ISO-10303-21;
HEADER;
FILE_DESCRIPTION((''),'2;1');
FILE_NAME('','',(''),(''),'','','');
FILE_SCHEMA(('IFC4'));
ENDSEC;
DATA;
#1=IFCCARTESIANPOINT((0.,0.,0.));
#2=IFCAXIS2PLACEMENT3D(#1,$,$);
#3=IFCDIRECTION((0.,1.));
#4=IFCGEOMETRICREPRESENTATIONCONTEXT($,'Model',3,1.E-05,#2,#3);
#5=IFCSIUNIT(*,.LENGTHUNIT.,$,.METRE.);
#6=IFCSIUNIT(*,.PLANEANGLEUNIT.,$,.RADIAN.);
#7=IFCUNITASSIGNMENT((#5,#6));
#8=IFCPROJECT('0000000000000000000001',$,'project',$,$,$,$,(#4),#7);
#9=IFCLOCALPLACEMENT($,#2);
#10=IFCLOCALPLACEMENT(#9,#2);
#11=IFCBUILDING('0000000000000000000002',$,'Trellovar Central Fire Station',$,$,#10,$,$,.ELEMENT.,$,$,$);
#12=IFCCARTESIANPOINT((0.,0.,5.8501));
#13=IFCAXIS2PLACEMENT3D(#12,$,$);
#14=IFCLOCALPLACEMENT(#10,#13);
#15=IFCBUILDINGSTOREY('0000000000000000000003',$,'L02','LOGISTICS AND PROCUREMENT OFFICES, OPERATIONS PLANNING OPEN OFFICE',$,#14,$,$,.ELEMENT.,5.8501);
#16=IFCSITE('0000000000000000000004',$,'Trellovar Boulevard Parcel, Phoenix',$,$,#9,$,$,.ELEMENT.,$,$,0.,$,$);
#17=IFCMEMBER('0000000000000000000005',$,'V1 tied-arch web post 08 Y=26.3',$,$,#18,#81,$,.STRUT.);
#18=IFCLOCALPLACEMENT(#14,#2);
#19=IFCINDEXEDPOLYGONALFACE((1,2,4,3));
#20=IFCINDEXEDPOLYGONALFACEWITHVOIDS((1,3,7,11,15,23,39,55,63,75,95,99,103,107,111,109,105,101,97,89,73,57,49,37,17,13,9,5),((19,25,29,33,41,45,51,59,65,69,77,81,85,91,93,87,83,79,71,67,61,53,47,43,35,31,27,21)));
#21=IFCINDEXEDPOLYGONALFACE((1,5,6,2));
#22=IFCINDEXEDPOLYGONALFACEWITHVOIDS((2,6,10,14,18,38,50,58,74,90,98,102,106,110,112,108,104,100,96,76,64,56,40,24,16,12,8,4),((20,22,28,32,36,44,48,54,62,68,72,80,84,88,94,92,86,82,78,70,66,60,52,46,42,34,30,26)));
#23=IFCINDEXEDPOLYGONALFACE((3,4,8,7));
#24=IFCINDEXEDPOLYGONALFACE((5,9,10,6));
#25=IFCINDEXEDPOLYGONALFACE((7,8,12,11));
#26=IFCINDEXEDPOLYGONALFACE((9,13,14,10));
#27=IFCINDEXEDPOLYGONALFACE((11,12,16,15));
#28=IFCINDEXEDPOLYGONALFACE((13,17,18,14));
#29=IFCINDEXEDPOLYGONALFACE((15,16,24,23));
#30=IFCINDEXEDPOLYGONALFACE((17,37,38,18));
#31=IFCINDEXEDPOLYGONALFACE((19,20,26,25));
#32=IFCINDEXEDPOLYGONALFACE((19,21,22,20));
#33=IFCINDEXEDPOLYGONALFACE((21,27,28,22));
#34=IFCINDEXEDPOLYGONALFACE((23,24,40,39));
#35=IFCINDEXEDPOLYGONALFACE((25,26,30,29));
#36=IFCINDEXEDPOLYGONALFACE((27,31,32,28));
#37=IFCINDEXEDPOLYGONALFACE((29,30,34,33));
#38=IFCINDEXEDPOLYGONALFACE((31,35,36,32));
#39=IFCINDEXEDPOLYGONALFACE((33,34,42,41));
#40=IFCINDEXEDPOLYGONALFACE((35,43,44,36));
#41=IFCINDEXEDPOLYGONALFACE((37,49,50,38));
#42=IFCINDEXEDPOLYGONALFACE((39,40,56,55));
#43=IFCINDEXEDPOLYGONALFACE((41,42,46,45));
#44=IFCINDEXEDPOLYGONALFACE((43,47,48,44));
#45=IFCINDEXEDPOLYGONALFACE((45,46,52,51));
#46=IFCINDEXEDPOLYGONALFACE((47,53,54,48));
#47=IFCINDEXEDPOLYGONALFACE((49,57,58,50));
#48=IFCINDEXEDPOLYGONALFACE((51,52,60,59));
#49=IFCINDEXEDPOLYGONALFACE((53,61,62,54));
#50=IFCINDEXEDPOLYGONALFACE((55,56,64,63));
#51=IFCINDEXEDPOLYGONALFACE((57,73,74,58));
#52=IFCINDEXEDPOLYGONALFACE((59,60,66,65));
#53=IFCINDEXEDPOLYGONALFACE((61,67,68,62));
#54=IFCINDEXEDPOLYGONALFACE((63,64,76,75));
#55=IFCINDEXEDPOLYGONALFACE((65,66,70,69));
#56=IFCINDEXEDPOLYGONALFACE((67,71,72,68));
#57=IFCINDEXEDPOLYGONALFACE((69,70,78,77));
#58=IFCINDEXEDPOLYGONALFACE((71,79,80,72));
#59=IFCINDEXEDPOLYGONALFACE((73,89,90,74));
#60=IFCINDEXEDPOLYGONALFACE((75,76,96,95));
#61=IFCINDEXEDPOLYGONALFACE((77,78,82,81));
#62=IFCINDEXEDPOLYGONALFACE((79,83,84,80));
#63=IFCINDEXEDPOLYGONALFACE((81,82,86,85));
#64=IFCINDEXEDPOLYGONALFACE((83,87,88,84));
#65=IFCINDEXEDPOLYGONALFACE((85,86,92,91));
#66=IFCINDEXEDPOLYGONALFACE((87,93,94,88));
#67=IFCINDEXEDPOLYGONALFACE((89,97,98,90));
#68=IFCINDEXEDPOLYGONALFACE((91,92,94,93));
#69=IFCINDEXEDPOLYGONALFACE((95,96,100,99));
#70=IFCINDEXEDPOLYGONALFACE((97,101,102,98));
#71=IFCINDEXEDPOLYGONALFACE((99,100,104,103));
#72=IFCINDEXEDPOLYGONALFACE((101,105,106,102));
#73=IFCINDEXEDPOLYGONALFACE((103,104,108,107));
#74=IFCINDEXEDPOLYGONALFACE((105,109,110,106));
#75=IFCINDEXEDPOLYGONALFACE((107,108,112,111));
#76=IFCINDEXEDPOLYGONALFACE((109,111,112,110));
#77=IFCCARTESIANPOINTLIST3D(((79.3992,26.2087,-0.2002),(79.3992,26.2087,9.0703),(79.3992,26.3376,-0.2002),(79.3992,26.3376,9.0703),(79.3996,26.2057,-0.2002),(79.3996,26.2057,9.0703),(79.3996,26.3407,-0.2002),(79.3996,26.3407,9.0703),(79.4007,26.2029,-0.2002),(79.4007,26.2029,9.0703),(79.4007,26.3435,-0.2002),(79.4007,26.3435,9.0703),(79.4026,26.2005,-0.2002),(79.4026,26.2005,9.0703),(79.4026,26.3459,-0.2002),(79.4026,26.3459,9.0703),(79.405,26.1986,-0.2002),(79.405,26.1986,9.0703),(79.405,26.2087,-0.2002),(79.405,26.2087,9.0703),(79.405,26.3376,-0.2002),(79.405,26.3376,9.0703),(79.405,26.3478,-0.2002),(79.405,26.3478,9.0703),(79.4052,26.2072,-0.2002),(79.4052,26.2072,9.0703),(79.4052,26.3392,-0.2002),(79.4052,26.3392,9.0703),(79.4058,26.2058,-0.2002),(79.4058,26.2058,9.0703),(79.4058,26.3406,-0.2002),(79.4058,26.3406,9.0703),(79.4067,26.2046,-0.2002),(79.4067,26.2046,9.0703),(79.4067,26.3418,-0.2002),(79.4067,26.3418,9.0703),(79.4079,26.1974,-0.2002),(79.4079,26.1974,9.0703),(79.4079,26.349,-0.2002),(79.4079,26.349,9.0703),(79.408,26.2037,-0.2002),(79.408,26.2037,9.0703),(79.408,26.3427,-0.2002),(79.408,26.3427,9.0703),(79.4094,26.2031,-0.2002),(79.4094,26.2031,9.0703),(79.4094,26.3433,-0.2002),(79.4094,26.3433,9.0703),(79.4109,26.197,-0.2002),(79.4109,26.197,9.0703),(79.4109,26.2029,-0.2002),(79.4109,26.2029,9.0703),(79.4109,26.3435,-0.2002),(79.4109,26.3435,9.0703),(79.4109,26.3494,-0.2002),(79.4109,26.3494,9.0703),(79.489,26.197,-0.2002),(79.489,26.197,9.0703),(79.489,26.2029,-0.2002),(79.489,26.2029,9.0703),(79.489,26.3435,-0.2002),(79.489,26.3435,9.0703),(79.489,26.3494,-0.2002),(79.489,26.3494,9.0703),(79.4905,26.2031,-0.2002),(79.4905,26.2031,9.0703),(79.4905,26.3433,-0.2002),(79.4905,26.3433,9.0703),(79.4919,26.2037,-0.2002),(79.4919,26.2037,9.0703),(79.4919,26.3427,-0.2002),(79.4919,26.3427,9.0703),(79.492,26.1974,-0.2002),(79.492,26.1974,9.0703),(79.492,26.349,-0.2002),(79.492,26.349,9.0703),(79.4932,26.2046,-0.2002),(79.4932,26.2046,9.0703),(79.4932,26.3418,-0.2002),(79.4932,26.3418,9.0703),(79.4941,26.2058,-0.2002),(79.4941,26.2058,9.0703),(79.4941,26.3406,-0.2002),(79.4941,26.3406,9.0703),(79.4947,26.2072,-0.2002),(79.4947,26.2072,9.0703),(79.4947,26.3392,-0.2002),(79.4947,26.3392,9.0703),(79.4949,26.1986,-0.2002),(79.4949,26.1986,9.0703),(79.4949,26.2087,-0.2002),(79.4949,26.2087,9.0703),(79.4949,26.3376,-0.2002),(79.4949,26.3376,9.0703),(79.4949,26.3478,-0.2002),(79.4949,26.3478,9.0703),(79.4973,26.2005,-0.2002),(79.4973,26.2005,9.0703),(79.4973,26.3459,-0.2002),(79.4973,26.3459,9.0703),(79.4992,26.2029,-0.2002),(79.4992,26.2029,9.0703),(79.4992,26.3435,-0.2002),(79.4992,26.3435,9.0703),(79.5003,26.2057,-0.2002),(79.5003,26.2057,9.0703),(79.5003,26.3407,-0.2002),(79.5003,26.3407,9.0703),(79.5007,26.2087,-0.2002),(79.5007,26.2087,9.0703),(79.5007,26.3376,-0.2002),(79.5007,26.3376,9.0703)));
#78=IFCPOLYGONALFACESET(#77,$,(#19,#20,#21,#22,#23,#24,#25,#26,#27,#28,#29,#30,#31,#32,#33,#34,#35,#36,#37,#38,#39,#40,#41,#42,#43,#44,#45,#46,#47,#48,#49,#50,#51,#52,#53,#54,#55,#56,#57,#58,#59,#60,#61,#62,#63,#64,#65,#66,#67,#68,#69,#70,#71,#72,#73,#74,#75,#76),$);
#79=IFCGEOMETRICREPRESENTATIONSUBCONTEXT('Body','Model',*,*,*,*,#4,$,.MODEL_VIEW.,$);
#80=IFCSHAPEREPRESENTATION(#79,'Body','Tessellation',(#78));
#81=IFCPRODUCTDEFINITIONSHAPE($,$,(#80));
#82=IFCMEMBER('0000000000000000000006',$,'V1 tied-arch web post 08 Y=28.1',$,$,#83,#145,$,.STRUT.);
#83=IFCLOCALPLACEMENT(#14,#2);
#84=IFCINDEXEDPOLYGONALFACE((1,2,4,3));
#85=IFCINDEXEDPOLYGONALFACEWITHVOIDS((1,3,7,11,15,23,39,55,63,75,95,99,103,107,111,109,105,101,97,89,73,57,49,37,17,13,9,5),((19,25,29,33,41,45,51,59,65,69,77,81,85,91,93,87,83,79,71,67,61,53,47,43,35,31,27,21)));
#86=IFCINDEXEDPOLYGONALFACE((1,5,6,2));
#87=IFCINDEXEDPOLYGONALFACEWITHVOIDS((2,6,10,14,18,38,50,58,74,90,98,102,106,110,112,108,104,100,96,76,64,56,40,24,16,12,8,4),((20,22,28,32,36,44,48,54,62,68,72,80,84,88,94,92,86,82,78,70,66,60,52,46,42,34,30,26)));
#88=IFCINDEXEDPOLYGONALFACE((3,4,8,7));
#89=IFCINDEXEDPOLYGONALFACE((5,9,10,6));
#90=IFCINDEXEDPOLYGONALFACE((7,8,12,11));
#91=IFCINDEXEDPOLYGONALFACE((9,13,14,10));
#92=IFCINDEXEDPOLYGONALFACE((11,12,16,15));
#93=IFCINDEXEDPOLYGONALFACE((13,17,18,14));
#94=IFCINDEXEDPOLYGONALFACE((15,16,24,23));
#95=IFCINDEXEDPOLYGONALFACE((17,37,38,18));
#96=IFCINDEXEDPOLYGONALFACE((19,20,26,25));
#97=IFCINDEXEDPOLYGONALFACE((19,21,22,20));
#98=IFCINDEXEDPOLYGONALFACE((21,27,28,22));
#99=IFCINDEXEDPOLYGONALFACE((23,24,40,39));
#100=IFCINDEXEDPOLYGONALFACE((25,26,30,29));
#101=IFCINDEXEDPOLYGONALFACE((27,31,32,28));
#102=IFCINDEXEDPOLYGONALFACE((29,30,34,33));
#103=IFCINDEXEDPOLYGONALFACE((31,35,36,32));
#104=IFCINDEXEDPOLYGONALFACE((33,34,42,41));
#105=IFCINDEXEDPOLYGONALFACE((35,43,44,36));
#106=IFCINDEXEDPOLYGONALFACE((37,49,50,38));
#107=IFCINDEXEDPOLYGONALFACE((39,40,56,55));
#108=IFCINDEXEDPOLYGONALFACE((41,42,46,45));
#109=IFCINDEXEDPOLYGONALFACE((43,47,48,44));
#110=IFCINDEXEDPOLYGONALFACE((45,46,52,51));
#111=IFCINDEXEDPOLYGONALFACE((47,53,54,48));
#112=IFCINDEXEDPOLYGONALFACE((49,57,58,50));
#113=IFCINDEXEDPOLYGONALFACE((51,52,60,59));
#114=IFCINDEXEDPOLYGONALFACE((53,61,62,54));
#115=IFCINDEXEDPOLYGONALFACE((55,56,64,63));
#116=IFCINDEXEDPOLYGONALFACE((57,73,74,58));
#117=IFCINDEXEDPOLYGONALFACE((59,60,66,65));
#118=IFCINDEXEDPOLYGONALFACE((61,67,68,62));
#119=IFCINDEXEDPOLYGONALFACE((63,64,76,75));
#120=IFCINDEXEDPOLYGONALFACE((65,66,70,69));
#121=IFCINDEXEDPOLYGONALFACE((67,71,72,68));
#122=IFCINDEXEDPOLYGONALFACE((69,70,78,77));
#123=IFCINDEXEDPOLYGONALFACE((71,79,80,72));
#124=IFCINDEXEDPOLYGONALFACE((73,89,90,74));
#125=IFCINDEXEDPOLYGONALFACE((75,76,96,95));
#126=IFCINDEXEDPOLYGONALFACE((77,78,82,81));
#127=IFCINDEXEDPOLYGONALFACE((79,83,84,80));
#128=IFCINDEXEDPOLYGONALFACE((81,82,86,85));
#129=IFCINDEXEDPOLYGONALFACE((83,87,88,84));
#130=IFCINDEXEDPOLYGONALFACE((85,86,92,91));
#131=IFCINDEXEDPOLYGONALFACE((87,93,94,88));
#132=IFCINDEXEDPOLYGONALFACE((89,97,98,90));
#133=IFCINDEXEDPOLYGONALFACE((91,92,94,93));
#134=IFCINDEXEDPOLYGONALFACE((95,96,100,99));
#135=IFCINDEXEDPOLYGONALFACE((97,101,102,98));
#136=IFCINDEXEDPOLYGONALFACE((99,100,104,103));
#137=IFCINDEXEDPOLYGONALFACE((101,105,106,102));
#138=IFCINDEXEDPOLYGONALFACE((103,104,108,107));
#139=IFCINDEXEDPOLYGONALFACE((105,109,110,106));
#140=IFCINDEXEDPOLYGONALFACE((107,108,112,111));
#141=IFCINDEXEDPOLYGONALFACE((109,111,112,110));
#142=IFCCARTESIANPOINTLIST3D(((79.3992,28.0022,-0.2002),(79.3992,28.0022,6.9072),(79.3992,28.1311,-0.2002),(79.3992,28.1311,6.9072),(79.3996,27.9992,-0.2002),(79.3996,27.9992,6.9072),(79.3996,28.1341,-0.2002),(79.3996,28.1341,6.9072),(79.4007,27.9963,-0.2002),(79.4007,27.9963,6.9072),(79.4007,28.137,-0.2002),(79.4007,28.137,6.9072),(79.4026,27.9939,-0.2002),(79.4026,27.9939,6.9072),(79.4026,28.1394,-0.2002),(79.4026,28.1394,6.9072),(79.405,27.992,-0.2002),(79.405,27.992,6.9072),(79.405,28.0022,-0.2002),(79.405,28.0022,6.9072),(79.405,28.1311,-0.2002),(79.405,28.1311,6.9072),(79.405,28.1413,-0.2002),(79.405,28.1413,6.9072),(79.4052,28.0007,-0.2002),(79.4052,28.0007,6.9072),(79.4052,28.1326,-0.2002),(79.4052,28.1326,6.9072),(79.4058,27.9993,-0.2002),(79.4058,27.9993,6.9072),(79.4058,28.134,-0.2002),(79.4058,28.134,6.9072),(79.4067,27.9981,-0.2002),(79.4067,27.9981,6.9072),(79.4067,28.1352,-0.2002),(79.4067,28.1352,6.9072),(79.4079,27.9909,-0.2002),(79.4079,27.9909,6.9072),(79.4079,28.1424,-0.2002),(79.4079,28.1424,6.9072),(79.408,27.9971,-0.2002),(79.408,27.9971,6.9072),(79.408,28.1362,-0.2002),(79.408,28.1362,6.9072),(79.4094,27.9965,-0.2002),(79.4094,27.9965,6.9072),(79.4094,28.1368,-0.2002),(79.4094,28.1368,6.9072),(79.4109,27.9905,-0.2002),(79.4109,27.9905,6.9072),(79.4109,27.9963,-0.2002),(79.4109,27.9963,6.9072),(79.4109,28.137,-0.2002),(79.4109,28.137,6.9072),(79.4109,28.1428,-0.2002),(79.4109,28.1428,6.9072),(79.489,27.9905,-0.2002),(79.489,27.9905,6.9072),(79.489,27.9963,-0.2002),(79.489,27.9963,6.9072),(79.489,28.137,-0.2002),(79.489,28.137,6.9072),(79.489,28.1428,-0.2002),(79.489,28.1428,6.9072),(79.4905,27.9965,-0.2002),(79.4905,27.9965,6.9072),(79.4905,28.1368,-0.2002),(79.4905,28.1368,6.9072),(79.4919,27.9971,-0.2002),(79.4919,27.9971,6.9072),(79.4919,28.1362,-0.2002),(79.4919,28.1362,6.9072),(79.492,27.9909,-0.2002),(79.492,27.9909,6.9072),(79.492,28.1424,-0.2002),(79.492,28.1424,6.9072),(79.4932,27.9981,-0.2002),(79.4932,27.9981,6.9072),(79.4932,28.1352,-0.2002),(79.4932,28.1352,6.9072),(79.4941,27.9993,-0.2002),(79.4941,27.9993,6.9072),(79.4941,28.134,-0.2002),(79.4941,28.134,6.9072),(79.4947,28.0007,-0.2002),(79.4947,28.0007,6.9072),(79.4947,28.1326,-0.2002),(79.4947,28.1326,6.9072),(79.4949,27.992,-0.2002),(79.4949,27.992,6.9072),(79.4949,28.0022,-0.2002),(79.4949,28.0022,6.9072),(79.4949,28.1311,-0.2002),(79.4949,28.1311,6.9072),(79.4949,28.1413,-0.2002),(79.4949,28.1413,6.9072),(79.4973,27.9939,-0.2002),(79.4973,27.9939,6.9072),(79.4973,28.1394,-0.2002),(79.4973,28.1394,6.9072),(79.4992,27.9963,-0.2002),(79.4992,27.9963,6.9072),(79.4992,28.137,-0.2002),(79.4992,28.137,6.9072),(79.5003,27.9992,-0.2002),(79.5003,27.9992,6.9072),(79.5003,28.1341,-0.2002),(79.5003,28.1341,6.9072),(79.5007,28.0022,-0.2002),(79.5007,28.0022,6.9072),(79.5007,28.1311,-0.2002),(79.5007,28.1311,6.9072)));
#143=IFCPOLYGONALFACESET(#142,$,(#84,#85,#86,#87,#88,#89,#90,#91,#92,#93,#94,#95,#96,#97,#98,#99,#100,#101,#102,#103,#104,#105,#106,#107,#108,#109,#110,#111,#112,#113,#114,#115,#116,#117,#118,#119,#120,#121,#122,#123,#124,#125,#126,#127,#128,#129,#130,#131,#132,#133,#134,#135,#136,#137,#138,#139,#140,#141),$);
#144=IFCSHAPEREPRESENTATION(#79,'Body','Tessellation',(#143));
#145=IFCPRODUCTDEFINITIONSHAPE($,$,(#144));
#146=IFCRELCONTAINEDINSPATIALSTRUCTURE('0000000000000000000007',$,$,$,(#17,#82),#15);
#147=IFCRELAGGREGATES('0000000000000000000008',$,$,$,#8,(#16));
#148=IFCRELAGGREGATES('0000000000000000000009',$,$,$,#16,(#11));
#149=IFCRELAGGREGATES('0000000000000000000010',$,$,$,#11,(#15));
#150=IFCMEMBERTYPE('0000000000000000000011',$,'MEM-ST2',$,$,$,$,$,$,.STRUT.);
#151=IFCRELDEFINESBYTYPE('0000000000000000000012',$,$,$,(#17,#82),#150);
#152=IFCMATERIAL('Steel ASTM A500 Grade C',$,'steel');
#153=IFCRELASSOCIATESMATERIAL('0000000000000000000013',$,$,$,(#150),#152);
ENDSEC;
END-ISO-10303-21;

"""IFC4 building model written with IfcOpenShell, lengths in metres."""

from ifc_helpers import new_model, si_unit, direction, frame, origin, origin_2d, place, context, subcontext, project, spatial, hollow_rectangle, extrude, material, material_profile, profile_set, type_object, element, save


model = new_model("IFC4")

# Units and contexts
model_context = context("Model", 3, precision=1e-05, world=origin(), true_north=direction((0.0, 1.0)))
body_context = subcontext(model_context, "Body", "Model", "MODEL_VIEW")
ifc_project = project(units=[si_unit("LENGTHUNIT", "METRE"), si_unit("PLANEANGLEUNIT", "RADIAN")], contexts=[model_context])

# Site, building, storey
site_placement = place(None, origin())
site = spatial("IfcSite", under=ifc_project, at=site_placement, Name="Trellovar Boulevard Parcel, Phoenix", CompositionType="ELEMENT", RefElevation=0.0)
building_placement = place(site_placement, origin())
building = spatial("IfcBuilding", under=site, at=building_placement, Name="Trellovar Central Fire Station", CompositionType="ELEMENT")
storey_placement = place(building_placement, frame((0.0, 0.0, 5.8501)))
storey = spatial("IfcBuildingStorey", under=building, at=storey_placement, Name="L02", Description="LOGISTICS AND PROCUREMENT OFFICES, OPERATIONS PLANNING OPEN OFFICE", CompositionType="ELEMENT", Elevation=5.8501)

# Members
ifc_material_1 = material(Name="Steel ASTM A500 Grade C", Category="steel")
ifc_material_profile_1 = material_profile(ifc_material_1, hollow_rectangle(XDim=0.1016, YDim=0.1523, WallThickness=0.0059, InnerFilletRadius=0.0059, OuterFilletRadius=0.0117, at=origin_2d()), Name="HSS6X4X1/4")
ifc_profile_set_1 = profile_set([ifc_material_profile_1], Name="Steel ASTM A500 Grade C")
member_type_1 = type_object("IfcMemberType", Name="MEM-ST2", PredefinedType="STRUT", material=ifc_profile_set_1)
member_1_placement = place(storey_placement, frame((79.45, 26.2732, -0.2002), z_axis=(0.0, 0.0, 1.0), x_axis=(1.0, 0.0, 0.0)))
element("IfcMember", 1, at=member_1_placement, inside=storey, type_object=member_type_1, Name="V1 tied-arch web post 08 Y=26.3", PredefinedType="STRUT", context=body_context, shape_type="SweptSolid", body=[
    extrude(hollow_rectangle(XDim=0.1016, YDim=0.1523, WallThickness=0.0059, InnerFilletRadius=0.0059, OuterFilletRadius=0.0117, at=origin_2d()), origin(), (0.0, 0.0, 1.0), 9.2705),
])
member_2_placement = place(storey_placement, frame((79.45, 28.0667, -0.2002), z_axis=(0.0, 0.0, 1.0), x_axis=(1.0, 0.0, 0.0)))
element("IfcMember", 2, at=member_2_placement, inside=storey, type_object=member_type_1, Name="V1 tied-arch web post 08 Y=28.1", PredefinedType="STRUT", context=body_context, shape_type="SweptSolid", body=[
    extrude(hollow_rectangle(XDim=0.1016, YDim=0.1523, WallThickness=0.0059, InnerFilletRadius=0.0059, OuterFilletRadius=0.0117, at=origin_2d()), origin(), (0.0, 0.0, 1.0), 7.1074),
])

save(model, "model.ifc")
